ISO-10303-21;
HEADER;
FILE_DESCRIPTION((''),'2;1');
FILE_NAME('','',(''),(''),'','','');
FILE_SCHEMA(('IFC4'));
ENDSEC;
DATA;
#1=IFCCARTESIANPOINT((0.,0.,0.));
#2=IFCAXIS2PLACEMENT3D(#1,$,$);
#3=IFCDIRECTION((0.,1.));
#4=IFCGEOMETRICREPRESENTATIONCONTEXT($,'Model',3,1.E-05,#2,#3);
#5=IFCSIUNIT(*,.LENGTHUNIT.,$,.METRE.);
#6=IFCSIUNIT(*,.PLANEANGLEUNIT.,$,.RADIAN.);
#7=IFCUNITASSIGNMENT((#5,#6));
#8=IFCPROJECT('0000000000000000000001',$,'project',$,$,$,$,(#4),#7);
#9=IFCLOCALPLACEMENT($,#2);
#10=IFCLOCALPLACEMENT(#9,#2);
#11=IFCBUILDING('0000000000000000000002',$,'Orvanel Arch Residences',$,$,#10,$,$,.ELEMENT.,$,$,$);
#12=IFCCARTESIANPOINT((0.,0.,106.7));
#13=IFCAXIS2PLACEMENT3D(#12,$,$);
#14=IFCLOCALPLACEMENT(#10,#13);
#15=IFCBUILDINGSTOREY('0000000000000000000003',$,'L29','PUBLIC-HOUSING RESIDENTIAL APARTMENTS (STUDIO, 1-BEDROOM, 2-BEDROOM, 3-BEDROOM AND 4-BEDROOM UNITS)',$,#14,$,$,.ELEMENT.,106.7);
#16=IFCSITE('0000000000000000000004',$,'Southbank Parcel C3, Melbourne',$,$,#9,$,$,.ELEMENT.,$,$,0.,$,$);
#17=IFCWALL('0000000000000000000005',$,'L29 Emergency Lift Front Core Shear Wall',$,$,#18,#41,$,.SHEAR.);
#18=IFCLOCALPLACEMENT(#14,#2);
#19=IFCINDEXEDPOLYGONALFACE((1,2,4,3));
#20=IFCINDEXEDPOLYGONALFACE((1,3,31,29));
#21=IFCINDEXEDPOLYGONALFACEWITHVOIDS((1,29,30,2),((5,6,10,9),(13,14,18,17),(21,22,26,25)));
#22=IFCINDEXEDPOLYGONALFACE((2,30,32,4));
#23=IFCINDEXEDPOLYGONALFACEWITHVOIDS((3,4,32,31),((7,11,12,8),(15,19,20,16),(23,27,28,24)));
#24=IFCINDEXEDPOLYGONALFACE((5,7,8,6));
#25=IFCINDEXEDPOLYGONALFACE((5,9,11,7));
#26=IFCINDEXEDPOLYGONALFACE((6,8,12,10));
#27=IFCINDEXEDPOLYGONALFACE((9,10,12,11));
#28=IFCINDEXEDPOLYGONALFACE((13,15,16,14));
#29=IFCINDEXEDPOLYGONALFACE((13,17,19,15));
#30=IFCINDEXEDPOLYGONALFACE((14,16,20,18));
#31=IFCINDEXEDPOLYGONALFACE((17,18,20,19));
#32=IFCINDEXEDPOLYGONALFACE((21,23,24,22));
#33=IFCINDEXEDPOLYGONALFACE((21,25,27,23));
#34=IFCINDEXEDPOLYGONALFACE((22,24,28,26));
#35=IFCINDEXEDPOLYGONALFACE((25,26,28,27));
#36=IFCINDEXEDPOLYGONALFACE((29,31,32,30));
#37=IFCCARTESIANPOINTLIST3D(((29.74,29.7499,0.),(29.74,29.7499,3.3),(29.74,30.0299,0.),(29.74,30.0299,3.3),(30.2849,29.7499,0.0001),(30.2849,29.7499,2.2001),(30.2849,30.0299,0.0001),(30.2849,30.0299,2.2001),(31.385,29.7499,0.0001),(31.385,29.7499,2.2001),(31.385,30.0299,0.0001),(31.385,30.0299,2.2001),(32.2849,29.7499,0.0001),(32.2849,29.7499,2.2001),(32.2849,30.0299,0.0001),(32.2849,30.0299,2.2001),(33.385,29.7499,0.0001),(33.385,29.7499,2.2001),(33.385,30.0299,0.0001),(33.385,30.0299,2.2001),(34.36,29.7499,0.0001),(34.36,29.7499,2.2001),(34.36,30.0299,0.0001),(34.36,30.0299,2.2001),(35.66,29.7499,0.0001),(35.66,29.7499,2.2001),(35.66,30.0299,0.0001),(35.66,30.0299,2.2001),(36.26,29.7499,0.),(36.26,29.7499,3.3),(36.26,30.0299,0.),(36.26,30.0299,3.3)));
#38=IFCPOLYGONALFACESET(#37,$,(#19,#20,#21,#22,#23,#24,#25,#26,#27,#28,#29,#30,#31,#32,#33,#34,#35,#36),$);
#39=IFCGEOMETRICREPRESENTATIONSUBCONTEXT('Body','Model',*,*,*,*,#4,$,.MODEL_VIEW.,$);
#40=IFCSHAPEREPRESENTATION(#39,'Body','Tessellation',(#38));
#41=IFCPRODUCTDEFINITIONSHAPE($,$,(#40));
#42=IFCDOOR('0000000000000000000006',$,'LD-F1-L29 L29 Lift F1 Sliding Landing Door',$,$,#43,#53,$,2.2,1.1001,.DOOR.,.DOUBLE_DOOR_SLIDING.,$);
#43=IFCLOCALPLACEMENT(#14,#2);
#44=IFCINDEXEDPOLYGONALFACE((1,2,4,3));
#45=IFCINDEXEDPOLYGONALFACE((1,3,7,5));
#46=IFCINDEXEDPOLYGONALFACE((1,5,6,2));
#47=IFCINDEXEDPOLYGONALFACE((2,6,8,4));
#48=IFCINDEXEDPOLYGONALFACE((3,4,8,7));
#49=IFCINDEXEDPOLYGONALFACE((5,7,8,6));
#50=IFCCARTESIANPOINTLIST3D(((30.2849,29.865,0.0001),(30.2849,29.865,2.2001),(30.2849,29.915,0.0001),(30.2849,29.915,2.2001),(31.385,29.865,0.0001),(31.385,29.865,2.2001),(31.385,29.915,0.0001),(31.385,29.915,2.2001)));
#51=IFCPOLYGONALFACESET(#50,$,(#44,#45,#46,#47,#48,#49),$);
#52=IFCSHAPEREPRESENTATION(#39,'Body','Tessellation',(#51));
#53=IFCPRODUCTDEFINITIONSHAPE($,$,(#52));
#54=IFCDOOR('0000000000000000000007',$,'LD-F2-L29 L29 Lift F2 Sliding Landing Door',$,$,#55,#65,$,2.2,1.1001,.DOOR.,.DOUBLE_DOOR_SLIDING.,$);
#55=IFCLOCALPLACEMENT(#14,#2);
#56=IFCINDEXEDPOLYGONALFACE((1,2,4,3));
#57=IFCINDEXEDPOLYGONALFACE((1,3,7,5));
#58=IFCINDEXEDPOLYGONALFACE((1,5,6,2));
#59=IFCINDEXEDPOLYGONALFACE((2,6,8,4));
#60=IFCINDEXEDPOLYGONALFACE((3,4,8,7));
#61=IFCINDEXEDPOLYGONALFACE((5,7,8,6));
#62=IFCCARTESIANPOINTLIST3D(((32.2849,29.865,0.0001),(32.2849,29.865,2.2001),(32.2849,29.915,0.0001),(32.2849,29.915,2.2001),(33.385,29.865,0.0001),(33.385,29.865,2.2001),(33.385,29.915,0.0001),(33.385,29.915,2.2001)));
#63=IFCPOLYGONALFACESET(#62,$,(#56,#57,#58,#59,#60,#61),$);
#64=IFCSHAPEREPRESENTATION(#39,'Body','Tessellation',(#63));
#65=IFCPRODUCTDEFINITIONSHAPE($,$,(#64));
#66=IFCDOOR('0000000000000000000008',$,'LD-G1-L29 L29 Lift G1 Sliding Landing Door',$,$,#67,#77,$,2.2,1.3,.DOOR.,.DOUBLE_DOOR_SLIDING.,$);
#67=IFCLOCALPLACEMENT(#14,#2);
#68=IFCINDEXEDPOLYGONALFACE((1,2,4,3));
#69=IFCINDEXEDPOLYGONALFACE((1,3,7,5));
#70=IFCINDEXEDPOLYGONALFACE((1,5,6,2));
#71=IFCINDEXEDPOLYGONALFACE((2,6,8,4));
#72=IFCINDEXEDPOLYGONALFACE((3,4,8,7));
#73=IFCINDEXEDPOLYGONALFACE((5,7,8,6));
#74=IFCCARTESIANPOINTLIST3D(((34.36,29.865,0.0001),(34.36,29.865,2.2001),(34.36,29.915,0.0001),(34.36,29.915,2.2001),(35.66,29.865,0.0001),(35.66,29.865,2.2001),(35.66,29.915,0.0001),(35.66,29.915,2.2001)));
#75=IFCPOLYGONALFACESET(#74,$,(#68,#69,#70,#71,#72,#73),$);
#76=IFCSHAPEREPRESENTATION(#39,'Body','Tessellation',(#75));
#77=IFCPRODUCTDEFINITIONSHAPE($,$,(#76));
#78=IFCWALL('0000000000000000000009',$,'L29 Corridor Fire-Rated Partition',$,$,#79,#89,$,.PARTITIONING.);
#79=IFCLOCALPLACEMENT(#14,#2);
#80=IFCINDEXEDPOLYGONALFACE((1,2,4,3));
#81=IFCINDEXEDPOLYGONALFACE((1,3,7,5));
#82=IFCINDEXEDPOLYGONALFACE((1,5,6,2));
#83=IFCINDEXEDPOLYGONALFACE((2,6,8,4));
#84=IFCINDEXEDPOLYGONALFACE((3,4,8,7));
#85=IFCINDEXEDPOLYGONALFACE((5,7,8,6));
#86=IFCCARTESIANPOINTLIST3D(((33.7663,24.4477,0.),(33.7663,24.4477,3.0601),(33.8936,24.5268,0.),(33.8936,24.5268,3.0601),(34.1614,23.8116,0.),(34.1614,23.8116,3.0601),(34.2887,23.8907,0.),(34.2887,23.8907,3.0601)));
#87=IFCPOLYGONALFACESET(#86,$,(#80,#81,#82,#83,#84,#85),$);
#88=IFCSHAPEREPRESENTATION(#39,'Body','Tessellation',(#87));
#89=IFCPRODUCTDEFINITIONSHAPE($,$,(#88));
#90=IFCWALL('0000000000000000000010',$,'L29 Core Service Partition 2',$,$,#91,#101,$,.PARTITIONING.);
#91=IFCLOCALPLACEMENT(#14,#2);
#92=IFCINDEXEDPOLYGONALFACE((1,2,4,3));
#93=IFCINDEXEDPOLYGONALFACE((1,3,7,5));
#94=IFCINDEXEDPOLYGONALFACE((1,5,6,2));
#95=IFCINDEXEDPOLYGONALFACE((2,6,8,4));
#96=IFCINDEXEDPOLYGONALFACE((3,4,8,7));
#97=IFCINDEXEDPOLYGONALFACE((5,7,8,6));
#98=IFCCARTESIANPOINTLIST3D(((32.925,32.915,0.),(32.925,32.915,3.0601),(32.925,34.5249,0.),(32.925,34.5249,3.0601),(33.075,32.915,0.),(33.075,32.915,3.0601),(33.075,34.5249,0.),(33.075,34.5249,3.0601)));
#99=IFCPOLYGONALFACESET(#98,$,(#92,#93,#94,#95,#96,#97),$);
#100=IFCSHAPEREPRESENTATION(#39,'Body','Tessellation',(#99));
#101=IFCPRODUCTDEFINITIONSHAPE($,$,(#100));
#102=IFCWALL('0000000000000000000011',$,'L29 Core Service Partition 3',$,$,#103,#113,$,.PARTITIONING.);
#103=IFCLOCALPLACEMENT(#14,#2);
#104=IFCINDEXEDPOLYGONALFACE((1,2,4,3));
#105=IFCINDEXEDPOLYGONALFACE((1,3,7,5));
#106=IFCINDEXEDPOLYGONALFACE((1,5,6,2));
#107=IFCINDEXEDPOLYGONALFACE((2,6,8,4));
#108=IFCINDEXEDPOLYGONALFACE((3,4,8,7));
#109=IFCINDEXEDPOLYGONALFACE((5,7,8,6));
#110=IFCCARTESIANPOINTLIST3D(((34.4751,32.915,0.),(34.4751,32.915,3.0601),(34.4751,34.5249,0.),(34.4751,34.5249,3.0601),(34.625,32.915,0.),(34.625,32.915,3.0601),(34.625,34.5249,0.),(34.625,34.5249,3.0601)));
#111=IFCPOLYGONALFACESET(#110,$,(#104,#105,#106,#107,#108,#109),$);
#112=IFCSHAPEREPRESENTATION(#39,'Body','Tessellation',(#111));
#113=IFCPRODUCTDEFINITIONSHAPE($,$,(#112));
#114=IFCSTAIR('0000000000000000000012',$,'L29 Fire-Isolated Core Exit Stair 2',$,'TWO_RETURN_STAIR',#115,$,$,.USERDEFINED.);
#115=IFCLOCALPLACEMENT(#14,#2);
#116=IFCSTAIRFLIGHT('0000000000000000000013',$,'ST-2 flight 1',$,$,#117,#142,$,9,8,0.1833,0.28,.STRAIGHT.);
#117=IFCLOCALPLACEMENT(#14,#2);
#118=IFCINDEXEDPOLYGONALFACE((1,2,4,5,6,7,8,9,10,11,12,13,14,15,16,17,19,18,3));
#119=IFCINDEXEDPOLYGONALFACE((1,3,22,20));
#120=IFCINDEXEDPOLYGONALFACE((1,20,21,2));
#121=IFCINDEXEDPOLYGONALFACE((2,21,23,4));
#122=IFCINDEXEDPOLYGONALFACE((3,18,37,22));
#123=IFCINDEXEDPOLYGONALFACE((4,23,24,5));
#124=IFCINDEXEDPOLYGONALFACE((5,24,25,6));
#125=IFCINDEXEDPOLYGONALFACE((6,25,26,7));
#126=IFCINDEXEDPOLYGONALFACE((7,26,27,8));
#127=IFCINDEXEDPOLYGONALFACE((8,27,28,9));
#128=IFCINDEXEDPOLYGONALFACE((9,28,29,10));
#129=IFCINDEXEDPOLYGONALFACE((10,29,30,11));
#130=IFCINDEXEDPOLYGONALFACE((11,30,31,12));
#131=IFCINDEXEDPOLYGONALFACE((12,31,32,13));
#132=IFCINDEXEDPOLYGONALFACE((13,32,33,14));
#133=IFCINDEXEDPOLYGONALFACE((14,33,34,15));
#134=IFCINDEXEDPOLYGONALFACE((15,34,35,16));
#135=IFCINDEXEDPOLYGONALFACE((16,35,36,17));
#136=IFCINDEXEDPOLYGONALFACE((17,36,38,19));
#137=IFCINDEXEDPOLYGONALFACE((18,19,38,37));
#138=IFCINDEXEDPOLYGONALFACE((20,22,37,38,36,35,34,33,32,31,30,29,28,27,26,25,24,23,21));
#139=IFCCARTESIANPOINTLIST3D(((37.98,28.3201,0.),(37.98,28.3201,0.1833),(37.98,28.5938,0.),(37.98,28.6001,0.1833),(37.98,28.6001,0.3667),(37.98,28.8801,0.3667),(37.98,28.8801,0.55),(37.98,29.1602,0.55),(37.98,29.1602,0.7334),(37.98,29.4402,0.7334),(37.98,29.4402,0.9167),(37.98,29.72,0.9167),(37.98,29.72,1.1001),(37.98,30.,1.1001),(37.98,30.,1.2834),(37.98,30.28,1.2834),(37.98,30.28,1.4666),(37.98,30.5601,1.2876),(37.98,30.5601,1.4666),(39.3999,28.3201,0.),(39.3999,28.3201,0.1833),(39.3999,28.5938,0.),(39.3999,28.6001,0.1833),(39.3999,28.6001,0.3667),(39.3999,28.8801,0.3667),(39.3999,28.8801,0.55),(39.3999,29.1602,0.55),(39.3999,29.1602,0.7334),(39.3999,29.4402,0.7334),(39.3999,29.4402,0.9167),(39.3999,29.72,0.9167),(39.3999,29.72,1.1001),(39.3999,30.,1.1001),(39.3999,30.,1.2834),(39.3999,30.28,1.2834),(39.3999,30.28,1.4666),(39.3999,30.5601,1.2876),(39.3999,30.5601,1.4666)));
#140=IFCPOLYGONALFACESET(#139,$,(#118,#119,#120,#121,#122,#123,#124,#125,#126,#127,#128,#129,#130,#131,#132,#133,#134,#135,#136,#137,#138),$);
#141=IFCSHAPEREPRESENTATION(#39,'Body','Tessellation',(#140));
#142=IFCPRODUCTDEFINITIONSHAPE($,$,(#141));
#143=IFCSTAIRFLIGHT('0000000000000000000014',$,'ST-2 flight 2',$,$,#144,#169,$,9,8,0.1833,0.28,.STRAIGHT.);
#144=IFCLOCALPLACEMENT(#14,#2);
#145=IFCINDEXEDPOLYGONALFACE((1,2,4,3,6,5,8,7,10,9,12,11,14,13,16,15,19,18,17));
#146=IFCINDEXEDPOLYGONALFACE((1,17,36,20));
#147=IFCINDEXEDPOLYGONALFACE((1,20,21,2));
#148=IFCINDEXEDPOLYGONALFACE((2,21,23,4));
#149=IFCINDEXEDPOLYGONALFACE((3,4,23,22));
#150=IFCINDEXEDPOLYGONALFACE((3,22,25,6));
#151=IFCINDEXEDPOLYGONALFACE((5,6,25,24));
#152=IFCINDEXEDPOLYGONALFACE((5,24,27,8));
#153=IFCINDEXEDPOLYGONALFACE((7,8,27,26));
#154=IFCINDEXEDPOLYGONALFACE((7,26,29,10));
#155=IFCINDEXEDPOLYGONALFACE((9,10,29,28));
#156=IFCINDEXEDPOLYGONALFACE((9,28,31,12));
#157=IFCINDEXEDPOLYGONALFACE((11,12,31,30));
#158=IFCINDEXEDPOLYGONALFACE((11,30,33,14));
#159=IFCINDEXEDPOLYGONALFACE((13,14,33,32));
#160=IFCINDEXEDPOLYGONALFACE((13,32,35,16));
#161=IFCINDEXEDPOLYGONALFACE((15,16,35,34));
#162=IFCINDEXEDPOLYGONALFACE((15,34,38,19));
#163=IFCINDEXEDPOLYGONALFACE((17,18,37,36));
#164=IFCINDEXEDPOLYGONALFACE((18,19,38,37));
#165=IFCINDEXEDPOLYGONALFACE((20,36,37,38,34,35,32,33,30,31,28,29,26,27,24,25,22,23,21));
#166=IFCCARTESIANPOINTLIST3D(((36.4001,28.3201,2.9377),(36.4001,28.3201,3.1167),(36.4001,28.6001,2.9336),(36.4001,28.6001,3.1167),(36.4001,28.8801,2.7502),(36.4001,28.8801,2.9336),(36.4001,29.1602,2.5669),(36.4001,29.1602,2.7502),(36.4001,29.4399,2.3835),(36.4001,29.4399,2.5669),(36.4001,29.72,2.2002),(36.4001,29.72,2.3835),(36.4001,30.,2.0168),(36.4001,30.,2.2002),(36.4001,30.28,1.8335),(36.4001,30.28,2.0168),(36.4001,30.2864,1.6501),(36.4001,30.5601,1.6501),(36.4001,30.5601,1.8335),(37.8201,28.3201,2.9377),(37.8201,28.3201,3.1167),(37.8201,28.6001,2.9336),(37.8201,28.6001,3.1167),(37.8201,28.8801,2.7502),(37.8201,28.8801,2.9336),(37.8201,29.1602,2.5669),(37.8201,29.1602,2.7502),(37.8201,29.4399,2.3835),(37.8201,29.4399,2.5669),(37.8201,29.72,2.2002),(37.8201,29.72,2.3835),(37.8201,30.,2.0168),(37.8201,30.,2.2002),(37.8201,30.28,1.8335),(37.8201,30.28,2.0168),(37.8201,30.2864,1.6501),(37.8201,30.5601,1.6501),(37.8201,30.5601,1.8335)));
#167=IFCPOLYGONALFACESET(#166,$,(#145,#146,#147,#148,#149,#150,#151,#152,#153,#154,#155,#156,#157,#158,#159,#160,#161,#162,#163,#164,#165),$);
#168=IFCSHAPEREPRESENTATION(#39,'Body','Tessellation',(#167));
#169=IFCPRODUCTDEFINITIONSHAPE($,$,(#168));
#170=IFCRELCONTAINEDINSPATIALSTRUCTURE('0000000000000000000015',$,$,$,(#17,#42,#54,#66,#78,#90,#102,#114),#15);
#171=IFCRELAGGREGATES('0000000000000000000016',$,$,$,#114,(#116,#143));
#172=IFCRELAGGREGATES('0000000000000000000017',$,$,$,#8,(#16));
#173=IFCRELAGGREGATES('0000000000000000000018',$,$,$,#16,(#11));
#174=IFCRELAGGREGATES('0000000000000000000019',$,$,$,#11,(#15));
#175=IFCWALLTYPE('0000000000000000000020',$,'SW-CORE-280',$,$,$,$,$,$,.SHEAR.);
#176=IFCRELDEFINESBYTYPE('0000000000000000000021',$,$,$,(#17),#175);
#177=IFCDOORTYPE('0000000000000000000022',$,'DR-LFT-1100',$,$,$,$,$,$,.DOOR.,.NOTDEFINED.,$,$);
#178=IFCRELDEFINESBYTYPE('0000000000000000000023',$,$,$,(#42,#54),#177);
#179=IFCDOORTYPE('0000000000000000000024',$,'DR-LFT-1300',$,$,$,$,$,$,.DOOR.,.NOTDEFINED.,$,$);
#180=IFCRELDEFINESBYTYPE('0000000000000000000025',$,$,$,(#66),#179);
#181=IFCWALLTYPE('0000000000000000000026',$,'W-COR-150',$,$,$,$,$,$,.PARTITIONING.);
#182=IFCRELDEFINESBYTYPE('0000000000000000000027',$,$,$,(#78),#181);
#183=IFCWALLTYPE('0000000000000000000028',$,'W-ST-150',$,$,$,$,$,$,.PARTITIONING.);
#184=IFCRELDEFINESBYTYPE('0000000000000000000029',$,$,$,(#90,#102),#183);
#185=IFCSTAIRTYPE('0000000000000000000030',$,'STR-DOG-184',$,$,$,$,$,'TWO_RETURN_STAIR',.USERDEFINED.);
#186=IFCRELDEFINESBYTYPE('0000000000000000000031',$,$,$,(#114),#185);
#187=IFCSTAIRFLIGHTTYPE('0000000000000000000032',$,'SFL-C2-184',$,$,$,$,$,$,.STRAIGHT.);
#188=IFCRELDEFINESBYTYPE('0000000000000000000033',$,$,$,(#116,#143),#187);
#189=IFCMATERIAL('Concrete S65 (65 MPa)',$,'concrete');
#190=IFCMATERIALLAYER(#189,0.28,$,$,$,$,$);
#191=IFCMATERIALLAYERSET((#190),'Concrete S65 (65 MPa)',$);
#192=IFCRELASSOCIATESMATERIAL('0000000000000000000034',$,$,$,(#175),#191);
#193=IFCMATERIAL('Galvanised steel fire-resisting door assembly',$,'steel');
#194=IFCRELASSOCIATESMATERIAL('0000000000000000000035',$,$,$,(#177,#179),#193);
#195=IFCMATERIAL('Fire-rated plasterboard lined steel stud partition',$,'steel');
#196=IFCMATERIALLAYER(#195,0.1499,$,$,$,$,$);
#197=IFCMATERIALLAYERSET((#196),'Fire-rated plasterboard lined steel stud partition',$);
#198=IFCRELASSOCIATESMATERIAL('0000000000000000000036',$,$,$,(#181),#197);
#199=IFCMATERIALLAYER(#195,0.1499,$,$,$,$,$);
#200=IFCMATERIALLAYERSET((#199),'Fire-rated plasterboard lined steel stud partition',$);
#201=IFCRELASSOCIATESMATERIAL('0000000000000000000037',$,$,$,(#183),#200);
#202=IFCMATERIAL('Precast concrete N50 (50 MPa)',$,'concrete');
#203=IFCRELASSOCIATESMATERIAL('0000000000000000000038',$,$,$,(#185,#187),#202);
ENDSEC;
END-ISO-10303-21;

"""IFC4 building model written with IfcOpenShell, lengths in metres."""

from ifc_helpers import new_model, si_unit, direction, frame, frame_2d, origin, place, context, subcontext, project, spatial, polyline, rectangle, outline, extrude, material, layer, layer_set, type_object, element, fill, aggregate, save


model = new_model("IFC4")

# Units and contexts
model_context = context("Model", 3, precision=1e-05, world=origin(), true_north=direction((0.0, 1.0)))
body_context = subcontext(model_context, "Body", "Model", "MODEL_VIEW")
ifc_project = project(units=[si_unit("LENGTHUNIT", "METRE"), si_unit("PLANEANGLEUNIT", "RADIAN")], contexts=[model_context])

# Site, building, storey
site_placement = place(None, origin())
site = spatial("IfcSite", under=ifc_project, at=site_placement, Name="Southbank Parcel C3, Melbourne", CompositionType="ELEMENT", RefElevation=0.0)
building_placement = place(site_placement, origin())
building = spatial("IfcBuilding", under=site, at=building_placement, Name="Orvanel Arch Residences", CompositionType="ELEMENT")
storey_placement = place(building_placement, frame((0.0, 0.0, 106.7)))
storey = spatial("IfcBuildingStorey", under=building, at=storey_placement, Name="L29", Description="PUBLIC-HOUSING RESIDENTIAL APARTMENTS (STUDIO, 1-BEDROOM, 2-BEDROOM, 3-BEDROOM AND 4-BEDROOM UNITS)", CompositionType="ELEMENT", Elevation=106.7)

# Shared definitions
ifc_material_1 = material(Name="Concrete S65 (65 MPa)", Category="concrete")
ifc_layer_1 = layer(ifc_material_1, 0.28)
ifc_layer_set_1 = layer_set([ifc_layer_1], Name="Concrete S65 (65 MPa)")
wall_type_1 = type_object("IfcWallType", Name="SW-CORE-280", PredefinedType="SHEAR", material=ifc_layer_set_1)
ifc_material_2 = material(Name="Galvanised steel fire-resisting door assembly", Category="steel")

# Wall, openings, doors
wall_1_placement = place(storey_placement, frame((36.26, 29.8899, 0.0), z_axis=(0.0, 0.0, 1.0), x_axis=(-1.0, 0.0, 0.0)))
wall_1 = element("IfcWall", 1, at=wall_1_placement, inside=storey, type_object=wall_type_1, Name="L29 Emergency Lift Front Core Shear Wall", PredefinedType="SHEAR", context=body_context, shape_type="SweptSolid", body=[
    extrude(rectangle(XDim=6.52, YDim=0.28, at=frame_2d((3.26, 0.0))), origin(), (0.0, 0.0, 1.0), 3.3),
])
opening_1_placement = place(wall_1_placement, frame((4.875, 0.0, 0.0)))
opening_1 = element("IfcOpeningElement", 2, at=opening_1_placement, cuts=wall_1, PredefinedType="OPENING", context=body_context, shape_type="SweptSolid", body=[
    extrude(rectangle(XDim=1.1001, YDim=2.2, at=frame_2d((0.55, 1.1001))), frame((0.0, 0.1499, 0.0), z_axis=(0.0, -1.0, 0.0), x_axis=(1.0, 0.0, 0.0)), (0.0, 0.0, 1.0), 0.3),
])
opening_2_placement = place(wall_1_placement, frame((2.875, 0.0, 0.0)))
opening_2 = element("IfcOpeningElement", 3, at=opening_2_placement, cuts=wall_1, PredefinedType="OPENING", context=body_context, shape_type="SweptSolid", body=[
    extrude(rectangle(XDim=1.1001, YDim=2.2, at=frame_2d((0.55, 1.1001))), frame((0.0, 0.1499, 0.0), z_axis=(0.0, -1.0, 0.0), x_axis=(1.0, 0.0, 0.0)), (0.0, 0.0, 1.0), 0.3),
])
opening_3_placement = place(wall_1_placement, frame((0.6001, 0.0, 0.0)))
opening_3 = element("IfcOpeningElement", 4, at=opening_3_placement, cuts=wall_1, PredefinedType="OPENING", context=body_context, shape_type="SweptSolid", body=[
    extrude(rectangle(XDim=1.3, YDim=2.2, at=frame_2d((0.6499, 1.1001))), frame((0.0, 0.1499, 0.0), z_axis=(0.0, -1.0, 0.0), x_axis=(1.0, 0.0, 0.0)), (0.0, 0.0, 1.0), 0.3),
])
door_type_1 = type_object("IfcDoorType", Name="DR-LFT-1100", OperationType="NOTDEFINED", PredefinedType="DOOR", material=ifc_material_2)
door_1_placement = place(opening_1_placement, origin())
door_1 = element("IfcDoor", 5, at=door_1_placement, inside=storey, type_object=door_type_1, Name="LD-F1-L29 L29 Lift F1 Sliding Landing Door", OperationType="DOUBLE_DOOR_SLIDING", OverallHeight=2.2, OverallWidth=1.1001, PredefinedType="DOOR", context=body_context, shape_type="SweptSolid", body=[
    extrude(rectangle(XDim=1.1001, YDim=2.2, at=frame_2d((0.55, 1.1001))), frame((0.0, 0.0249, 0.0), z_axis=(0.0, -1.0, 0.0), x_axis=(1.0, 0.0, 0.0)), (0.0, 0.0, 1.0), 0.05),
])
fill(opening_1, door_1)
door_2_placement = place(opening_2_placement, origin())
door_2 = element("IfcDoor", 6, at=door_2_placement, inside=storey, type_object=door_type_1, Name="LD-F2-L29 L29 Lift F2 Sliding Landing Door", OperationType="DOUBLE_DOOR_SLIDING", OverallHeight=2.2, OverallWidth=1.1001, PredefinedType="DOOR", context=body_context, shape_type="SweptSolid", body=[
    extrude(rectangle(XDim=1.1001, YDim=2.2, at=frame_2d((0.55, 1.1001))), frame((0.0, 0.0249, 0.0), z_axis=(0.0, -1.0, 0.0), x_axis=(1.0, 0.0, 0.0)), (0.0, 0.0, 1.0), 0.05),
])
fill(opening_2, door_2)
door_type_2 = type_object("IfcDoorType", Name="DR-LFT-1300", OperationType="NOTDEFINED", PredefinedType="DOOR", material=ifc_material_2)
door_3_placement = place(opening_3_placement, origin())
door_3 = element("IfcDoor", 7, at=door_3_placement, inside=storey, type_object=door_type_2, Name="LD-G1-L29 L29 Lift G1 Sliding Landing Door", OperationType="DOUBLE_DOOR_SLIDING", OverallHeight=2.2, OverallWidth=1.3, PredefinedType="DOOR", context=body_context, shape_type="SweptSolid", body=[
    extrude(rectangle(XDim=1.3, YDim=2.2, at=frame_2d((0.6499, 1.1001))), frame((0.0, 0.0249, 0.0), z_axis=(0.0, -1.0, 0.0), x_axis=(1.0, 0.0, 0.0)), (0.0, 0.0, 1.0), 0.05),
])
fill(opening_3, door_3)

# Walls
ifc_material_3 = material(Name="Fire-rated plasterboard lined steel stud partition", Category="steel")
ifc_layer_2 = layer(ifc_material_3, 0.1499)
ifc_layer_set_2 = layer_set([ifc_layer_2], Name="Fire-rated plasterboard lined steel stud partition")
wall_type_2 = type_object("IfcWallType", Name="W-COR-150", PredefinedType="PARTITIONING", material=ifc_layer_set_2)
wall_2_placement = place(storey_placement, frame((34.2251, 23.8511, 0.0), z_axis=(0.0, 0.0, 1.0), x_axis=(-0.527623, 0.849479, 0.0)))
element("IfcWall", 8, at=wall_2_placement, inside=storey, type_object=wall_type_2, Name="L29 Corridor Fire-Rated Partition", PredefinedType="PARTITIONING", context=body_context, shape_type="SweptSolid", body=[
    extrude(rectangle(XDim=0.7488, YDim=0.1499, at=frame_2d((0.3745, 0.0))), origin(), (0.0, 0.0, 1.0), 3.0601),
])
ifc_layer_3 = layer(ifc_material_3, 0.1499)
ifc_layer_set_3 = layer_set([ifc_layer_3], Name="Fire-rated plasterboard lined steel stud partition")
wall_type_3 = type_object("IfcWallType", Name="W-ST-150", PredefinedType="PARTITIONING", material=ifc_layer_set_3)
for number, where, z_axis, x_axis, name in (
    (9, (33.0, 32.915, 0.0), (0.0, 0.0, 1.0), (0.0, 1.0, 0.0), "L29 Core Service Partition 2"),
    (10, (34.55, 32.915, 0.0), (0.0, 0.0, 1.0), (0.0, 1.0, 0.0), "L29 Core Service Partition 3"),
):
    element("IfcWall", number, at=place(storey_placement, frame(where, z_axis=z_axis, x_axis=x_axis)), inside=storey, type_object=wall_type_3, Name=name, PredefinedType="PARTITIONING", context=body_context, shape_type="SweptSolid", body=[
        extrude(rectangle(XDim=1.6099, YDim=0.1499, at=frame_2d((0.8049, 0.0))), origin(), (0.0, 0.0, 1.0), 3.0601),
    ])

# Stair, stair flights
ifc_material_4 = material(Name="Precast concrete N50 (50 MPa)", Category="concrete")
stair_type = type_object("IfcStairType", Name="STR-DOG-184", ElementType="TWO_RETURN_STAIR", PredefinedType="USERDEFINED", material=ifc_material_4)
stair_placement = place(storey_placement, origin())
stair = element("IfcStair", 11, at=stair_placement, inside=storey, type_object=stair_type, Name="L29 Fire-Isolated Core Exit Stair 2", ObjectType="TWO_RETURN_STAIR", PredefinedType="USERDEFINED")
stair_flight_type = type_object("IfcStairFlightType", Name="SFL-C2-184", PredefinedType="STRAIGHT", material=ifc_material_4)
stair_flight_1_placement = place(storey_placement, frame((38.6899, 28.3201, 0.0), z_axis=(0.0, 0.0, 1.0), x_axis=(0.0, 1.0, 0.0)))
stair_flight_1 = element("IfcStairFlight", 12, at=stair_flight_1_placement, type_object=stair_flight_type, Name="ST-2 flight 1", NumberOfRisers=9, NumberOfTreads=8, PredefinedType="STRAIGHT", RiserHeight=0.1833, TreadLength=0.28, context=body_context, shape_type="SweptSolid", body=[
    extrude(outline(polyline([(0.0, 0.0), (0.0, 0.1833), (0.28, 0.1833), (0.28, 0.3667), (0.5601, 0.3667), (0.5601, 0.55), (0.8401, 0.55), (0.8401, 0.7334), (1.1201, 0.7334), (1.1201, 0.9167), (1.3999, 0.9167), (1.3999, 1.1001), (1.6799, 1.1001), (1.6799, 1.2834), (1.96, 1.2834), (1.96, 1.4666), (2.24, 1.4666), (2.24, 1.6499), (2.24, 1.2876), (0.2737, 0.0), (0.0, 0.0)])), frame((0.0, 0.71, 0.0), z_axis=(0.0, -1.0, 0.0), x_axis=(1.0, 0.0, 0.0)), (0.0, 0.0, 1.0), 1.4199),
])
stair_flight_2_placement = place(storey_placement, frame((37.1101, 30.5601, 1.6501), z_axis=(0.0, 0.0, 1.0), x_axis=(0.0, -1.0, 0.0)))
stair_flight_2 = element("IfcStairFlight", 13, at=stair_flight_2_placement, type_object=stair_flight_type, Name="ST-2 flight 2", NumberOfRisers=9, NumberOfTreads=8, PredefinedType="STRAIGHT", RiserHeight=0.1833, TreadLength=0.28, context=body_context, shape_type="SweptSolid", body=[
    extrude(outline(polyline([(0.0, 0.0), (0.0, 0.1833), (0.28, 0.1833), (0.28, 0.3667), (0.5601, 0.3667), (0.5601, 0.55), (0.8401, 0.55), (0.8401, 0.7334), (1.1201, 0.7334), (1.1201, 0.9167), (1.3999, 0.9167), (1.3999, 1.1001), (1.6799, 1.1001), (1.6799, 1.2834), (1.96, 1.2834), (1.96, 1.4666), (2.24, 1.4666), (2.24, 1.6499), (2.24, 1.2876), (0.2737, 0.0), (0.0, 0.0)])), frame((0.0, 0.71, 0.0), z_axis=(0.0, -1.0, 0.0), x_axis=(1.0, 0.0, 0.0)), (0.0, 0.0, 1.0), 1.4199),
])
aggregate(stair, [stair_flight_1, stair_flight_2])

save(model, "model.ifc")
